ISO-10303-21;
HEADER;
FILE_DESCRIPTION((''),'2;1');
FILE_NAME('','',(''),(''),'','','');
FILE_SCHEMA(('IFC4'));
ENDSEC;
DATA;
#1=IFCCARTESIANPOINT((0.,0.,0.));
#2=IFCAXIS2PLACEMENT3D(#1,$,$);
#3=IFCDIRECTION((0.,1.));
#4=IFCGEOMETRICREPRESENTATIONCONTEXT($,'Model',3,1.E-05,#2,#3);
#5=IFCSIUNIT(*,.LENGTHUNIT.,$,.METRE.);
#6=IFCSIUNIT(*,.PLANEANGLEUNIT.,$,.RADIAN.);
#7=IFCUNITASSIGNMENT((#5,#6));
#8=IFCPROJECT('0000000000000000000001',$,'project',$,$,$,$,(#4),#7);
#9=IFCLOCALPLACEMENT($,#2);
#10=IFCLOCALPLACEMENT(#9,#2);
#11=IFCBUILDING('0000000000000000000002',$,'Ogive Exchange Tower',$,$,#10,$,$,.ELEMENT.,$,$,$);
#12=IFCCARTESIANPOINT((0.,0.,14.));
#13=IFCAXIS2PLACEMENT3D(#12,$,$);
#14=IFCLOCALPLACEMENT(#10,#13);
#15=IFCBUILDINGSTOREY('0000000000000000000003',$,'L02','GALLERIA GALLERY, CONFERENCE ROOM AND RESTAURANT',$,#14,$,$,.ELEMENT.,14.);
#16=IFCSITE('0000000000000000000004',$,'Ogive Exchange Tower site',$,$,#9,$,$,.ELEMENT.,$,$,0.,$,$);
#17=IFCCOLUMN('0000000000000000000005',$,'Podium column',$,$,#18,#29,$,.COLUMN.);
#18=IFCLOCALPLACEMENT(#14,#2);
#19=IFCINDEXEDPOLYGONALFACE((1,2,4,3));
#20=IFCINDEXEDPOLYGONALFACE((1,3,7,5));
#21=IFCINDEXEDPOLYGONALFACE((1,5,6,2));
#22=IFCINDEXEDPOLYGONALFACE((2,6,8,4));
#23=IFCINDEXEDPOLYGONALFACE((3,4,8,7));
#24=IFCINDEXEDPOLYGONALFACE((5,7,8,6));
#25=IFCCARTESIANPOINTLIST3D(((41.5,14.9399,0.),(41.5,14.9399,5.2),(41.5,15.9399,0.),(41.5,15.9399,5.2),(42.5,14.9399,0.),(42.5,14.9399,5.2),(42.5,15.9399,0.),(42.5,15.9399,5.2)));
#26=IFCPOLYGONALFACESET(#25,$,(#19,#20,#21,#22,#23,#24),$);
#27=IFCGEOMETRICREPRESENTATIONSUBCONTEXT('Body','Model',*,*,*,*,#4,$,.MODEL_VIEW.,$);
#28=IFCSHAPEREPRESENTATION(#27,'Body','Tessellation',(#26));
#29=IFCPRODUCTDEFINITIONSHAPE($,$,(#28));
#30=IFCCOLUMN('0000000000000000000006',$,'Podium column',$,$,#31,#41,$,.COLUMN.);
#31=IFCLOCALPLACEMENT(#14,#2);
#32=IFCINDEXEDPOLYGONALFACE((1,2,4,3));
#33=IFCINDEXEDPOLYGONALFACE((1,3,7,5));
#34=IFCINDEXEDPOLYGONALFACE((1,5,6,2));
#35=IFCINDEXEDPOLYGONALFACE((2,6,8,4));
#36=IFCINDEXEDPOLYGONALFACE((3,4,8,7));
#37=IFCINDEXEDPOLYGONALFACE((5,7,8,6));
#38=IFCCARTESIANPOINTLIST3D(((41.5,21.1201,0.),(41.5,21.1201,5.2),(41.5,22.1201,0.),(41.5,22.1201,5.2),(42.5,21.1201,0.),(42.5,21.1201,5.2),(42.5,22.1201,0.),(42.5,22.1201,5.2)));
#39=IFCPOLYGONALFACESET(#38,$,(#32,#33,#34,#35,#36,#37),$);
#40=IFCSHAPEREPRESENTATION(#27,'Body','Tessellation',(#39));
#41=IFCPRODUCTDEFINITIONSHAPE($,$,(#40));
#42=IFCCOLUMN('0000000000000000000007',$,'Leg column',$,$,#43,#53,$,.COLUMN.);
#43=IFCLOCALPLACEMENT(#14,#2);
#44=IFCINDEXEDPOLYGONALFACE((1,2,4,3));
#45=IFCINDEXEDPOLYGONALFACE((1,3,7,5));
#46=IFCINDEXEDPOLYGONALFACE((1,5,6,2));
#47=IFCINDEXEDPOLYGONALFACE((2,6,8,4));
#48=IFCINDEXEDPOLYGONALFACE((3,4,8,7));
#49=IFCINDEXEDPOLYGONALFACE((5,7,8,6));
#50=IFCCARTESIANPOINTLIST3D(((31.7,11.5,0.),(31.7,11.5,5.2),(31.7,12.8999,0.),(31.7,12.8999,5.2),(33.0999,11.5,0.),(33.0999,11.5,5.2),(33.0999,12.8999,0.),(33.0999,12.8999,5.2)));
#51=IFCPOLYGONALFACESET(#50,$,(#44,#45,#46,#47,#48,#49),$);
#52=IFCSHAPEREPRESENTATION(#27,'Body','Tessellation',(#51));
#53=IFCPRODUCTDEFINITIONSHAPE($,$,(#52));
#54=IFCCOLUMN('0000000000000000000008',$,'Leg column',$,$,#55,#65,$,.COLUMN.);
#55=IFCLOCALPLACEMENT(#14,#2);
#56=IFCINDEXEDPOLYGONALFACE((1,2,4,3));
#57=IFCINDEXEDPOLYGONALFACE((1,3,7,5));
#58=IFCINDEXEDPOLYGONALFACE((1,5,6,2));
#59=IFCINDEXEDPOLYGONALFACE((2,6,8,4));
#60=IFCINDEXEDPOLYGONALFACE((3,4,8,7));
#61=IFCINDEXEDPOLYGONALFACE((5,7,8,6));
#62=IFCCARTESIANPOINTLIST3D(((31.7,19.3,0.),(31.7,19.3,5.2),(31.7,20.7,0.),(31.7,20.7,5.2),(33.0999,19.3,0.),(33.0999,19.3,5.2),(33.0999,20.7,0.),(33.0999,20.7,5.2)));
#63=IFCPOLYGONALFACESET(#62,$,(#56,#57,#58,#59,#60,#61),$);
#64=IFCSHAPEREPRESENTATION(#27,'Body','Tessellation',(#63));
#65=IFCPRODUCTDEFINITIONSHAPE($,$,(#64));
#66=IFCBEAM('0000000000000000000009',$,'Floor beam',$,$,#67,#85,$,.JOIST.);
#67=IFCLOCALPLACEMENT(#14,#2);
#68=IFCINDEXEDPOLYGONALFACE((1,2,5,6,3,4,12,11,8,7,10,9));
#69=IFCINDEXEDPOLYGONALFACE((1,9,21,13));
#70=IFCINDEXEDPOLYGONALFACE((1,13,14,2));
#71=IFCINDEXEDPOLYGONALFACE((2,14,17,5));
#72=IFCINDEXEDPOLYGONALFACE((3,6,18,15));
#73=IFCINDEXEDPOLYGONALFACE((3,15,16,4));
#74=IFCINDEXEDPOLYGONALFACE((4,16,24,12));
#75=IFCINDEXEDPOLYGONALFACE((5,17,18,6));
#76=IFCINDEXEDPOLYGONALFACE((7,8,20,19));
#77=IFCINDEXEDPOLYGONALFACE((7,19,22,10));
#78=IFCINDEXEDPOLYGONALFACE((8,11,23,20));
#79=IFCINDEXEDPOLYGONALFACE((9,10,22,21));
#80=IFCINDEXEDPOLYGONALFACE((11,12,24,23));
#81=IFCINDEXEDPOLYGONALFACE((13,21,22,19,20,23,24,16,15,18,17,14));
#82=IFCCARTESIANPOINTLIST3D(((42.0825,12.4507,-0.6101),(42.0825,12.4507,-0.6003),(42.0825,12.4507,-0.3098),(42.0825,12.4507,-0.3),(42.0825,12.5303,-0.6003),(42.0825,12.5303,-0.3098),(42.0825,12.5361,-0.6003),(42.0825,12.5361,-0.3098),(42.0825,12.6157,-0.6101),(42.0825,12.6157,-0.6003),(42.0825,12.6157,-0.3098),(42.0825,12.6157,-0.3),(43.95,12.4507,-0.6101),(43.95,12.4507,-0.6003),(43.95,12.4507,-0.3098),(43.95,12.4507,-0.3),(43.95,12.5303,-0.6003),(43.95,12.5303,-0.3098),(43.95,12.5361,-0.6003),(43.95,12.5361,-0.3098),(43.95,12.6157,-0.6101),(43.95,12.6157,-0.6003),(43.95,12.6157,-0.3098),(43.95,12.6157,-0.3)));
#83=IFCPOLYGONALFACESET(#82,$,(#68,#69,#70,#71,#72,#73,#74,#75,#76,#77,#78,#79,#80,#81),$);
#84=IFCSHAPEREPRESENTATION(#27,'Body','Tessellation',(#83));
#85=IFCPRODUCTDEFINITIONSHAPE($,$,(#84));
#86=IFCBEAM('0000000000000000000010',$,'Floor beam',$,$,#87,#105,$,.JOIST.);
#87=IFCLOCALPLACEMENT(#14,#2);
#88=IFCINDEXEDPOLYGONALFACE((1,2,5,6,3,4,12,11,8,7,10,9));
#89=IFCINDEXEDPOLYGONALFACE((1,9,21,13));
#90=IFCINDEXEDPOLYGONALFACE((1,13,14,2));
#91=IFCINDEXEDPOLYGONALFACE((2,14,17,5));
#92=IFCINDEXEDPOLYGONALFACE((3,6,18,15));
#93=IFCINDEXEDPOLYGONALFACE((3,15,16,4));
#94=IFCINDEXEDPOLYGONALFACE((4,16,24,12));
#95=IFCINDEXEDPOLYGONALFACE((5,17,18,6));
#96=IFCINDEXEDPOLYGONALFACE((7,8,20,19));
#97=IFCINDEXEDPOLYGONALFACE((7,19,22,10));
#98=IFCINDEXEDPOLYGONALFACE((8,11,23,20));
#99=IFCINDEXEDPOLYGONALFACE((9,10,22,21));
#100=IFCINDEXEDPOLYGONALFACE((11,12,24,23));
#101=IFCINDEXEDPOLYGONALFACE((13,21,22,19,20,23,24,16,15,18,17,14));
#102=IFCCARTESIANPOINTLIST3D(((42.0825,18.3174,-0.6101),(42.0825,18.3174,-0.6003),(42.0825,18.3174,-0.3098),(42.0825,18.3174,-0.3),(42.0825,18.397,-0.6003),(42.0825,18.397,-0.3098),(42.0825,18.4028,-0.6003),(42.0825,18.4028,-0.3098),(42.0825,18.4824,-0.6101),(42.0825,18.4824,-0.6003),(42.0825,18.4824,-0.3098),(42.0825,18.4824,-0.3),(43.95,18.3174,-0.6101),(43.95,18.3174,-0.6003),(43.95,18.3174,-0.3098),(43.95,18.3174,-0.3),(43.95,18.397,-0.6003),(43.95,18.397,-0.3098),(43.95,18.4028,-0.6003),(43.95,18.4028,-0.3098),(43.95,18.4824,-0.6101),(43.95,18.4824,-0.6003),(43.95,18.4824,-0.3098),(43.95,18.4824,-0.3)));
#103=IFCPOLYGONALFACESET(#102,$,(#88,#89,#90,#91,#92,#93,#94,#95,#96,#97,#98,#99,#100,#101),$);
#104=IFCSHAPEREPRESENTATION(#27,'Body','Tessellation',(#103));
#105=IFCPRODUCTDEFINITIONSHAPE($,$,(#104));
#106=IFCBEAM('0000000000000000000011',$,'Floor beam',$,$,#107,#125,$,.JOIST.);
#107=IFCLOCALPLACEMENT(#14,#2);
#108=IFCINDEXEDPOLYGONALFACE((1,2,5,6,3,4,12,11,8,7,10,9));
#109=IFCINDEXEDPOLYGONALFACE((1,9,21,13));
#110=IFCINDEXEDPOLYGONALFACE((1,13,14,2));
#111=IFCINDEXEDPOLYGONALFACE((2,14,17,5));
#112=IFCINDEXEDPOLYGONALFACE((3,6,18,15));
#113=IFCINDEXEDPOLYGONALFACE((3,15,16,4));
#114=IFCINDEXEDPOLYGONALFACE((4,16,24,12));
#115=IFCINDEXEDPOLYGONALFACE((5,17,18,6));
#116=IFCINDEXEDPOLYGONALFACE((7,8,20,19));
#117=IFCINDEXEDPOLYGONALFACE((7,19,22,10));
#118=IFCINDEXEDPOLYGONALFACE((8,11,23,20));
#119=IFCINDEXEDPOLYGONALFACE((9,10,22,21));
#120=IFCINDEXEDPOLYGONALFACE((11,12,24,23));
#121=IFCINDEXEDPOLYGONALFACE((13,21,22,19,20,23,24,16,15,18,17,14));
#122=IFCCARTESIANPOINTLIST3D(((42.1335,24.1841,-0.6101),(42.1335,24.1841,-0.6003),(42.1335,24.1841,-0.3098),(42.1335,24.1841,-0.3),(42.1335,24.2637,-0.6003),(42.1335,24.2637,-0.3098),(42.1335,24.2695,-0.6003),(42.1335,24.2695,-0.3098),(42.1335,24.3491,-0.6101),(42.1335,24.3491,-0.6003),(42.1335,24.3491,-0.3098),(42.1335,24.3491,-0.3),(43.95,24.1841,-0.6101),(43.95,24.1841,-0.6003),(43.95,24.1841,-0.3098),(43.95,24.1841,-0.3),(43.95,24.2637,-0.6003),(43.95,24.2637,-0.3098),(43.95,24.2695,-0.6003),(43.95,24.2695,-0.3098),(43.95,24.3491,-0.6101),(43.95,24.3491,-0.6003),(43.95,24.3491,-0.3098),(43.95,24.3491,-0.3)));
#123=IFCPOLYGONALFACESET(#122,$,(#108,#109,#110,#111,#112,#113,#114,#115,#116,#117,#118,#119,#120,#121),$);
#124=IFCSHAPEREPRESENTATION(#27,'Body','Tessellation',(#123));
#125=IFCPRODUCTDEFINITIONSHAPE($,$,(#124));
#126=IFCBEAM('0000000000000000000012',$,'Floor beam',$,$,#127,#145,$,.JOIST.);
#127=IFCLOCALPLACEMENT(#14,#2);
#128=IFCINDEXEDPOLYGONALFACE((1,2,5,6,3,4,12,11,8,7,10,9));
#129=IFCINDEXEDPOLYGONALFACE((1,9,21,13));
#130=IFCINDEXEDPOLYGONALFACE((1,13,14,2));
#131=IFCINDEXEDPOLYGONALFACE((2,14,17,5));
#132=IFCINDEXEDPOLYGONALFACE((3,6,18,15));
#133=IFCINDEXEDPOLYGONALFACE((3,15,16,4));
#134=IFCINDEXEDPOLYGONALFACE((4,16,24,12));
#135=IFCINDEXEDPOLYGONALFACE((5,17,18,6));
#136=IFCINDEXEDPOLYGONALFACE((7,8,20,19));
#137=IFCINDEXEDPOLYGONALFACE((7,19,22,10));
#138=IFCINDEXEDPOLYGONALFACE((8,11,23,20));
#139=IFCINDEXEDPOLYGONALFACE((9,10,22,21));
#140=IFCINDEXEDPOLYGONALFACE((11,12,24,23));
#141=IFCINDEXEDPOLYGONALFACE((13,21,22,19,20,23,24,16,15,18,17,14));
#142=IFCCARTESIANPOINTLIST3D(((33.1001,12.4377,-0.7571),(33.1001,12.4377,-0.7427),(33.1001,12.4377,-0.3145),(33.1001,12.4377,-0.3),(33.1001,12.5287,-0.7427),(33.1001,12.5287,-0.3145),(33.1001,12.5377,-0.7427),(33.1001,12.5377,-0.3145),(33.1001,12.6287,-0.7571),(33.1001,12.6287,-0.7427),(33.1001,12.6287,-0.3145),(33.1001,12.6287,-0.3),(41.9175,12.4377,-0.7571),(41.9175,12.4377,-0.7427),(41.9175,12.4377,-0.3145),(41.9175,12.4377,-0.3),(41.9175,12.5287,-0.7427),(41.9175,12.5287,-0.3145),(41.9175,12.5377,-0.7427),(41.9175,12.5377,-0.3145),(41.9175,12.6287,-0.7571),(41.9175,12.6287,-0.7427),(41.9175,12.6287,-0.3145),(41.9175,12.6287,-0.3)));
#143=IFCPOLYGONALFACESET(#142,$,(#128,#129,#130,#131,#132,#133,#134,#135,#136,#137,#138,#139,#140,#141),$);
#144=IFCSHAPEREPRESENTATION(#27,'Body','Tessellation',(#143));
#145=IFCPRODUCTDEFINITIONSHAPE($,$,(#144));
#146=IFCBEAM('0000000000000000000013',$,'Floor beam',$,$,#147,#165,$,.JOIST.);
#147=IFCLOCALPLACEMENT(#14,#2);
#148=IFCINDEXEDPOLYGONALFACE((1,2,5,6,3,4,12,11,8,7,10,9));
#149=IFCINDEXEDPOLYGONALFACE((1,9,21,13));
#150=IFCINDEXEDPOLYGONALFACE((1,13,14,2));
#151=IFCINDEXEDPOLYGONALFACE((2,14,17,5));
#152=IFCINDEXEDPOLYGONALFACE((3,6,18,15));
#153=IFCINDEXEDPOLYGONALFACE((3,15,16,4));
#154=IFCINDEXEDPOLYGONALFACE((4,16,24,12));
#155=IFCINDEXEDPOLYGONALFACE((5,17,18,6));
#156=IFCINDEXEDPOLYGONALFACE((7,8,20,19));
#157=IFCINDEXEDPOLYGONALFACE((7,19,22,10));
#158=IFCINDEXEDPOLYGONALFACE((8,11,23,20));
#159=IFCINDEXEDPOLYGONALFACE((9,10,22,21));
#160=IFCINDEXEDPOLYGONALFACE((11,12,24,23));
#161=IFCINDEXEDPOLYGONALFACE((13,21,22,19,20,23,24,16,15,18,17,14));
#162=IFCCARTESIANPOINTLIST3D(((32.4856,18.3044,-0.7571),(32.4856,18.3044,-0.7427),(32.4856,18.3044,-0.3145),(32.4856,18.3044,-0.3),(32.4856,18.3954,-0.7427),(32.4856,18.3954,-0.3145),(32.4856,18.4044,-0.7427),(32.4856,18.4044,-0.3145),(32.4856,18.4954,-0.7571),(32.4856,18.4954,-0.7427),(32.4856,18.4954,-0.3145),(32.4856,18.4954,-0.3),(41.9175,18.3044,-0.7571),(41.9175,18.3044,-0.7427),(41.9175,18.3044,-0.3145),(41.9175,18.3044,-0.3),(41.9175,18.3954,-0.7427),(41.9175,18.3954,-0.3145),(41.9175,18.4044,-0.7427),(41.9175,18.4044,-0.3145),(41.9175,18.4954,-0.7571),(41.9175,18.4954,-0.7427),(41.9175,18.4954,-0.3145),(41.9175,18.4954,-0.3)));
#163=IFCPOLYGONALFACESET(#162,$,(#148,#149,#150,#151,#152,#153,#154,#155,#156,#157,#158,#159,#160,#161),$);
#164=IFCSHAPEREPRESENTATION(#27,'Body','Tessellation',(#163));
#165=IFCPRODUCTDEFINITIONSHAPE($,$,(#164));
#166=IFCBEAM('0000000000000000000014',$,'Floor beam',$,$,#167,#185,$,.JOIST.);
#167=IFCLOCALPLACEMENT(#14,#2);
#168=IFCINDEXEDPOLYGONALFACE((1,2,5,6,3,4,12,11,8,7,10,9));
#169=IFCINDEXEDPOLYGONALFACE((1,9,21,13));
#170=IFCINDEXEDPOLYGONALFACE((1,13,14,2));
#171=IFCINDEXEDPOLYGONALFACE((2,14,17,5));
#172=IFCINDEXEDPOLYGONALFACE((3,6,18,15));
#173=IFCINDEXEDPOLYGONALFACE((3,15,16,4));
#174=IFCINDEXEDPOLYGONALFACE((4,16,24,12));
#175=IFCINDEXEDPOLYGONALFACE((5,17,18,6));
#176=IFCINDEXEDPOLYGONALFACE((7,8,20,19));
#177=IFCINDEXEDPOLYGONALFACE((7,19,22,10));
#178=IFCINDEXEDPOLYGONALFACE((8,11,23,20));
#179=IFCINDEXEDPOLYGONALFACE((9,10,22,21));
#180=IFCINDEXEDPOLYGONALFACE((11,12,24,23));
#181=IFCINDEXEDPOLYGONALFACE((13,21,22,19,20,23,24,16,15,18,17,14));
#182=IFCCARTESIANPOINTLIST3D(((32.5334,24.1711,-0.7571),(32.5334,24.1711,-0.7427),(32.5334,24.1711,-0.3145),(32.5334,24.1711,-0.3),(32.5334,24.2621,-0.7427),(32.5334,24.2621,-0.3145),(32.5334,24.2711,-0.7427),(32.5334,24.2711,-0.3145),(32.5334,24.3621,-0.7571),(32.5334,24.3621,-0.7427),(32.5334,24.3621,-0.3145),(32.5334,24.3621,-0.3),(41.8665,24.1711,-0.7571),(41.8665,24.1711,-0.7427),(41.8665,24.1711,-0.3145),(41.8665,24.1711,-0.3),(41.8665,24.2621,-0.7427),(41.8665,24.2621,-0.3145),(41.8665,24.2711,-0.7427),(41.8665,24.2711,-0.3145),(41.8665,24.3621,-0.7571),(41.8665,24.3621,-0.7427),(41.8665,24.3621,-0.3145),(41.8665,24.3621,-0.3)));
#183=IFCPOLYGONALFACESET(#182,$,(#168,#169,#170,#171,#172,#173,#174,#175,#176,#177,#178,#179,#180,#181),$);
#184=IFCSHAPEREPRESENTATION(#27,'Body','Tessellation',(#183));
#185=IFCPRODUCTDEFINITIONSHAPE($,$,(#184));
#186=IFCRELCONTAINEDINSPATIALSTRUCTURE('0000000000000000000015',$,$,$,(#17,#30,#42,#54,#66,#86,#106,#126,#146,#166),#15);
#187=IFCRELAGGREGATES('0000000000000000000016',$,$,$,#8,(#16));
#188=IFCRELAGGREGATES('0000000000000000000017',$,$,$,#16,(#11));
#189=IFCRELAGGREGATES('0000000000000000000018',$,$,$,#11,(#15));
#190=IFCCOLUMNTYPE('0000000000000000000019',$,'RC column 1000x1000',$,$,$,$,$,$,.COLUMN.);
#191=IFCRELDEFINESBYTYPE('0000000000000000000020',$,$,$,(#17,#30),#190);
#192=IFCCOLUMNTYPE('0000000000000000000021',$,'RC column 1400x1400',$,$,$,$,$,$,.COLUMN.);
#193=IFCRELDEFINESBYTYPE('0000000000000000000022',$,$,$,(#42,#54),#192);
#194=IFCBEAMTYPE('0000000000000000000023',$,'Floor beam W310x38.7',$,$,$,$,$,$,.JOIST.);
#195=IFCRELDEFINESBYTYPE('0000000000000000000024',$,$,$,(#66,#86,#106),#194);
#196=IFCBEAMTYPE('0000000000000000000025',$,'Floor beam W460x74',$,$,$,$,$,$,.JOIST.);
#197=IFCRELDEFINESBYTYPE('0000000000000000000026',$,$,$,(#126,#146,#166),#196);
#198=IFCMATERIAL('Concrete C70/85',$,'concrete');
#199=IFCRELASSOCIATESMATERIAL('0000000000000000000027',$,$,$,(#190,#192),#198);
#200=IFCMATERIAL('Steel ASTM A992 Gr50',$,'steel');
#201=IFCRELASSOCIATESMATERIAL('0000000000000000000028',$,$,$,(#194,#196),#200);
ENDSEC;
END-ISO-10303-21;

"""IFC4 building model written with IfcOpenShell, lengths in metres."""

from ifc_helpers import new_model, si_unit, direction, frame, origin, origin_2d, place, context, subcontext, project, spatial, rectangle, i_section, extrude, material, material_profile, profile_set, type_object, element, save


model = new_model("IFC4")

# Units and contexts
model_context = context("Model", 3, precision=1e-05, world=origin(), true_north=direction((0.0, 1.0)))
body_context = subcontext(model_context, "Body", "Model", "MODEL_VIEW")
ifc_project = project(units=[si_unit("LENGTHUNIT", "METRE"), si_unit("PLANEANGLEUNIT", "RADIAN")], contexts=[model_context])

# Site, building, storey
site_placement = place(None, origin())
site = spatial("IfcSite", under=ifc_project, at=site_placement, Name="Ogive Exchange Tower site", CompositionType="ELEMENT", RefElevation=0.0)
building_placement = place(site_placement, origin())
building = spatial("IfcBuilding", under=site, at=building_placement, Name="Ogive Exchange Tower", CompositionType="ELEMENT")
storey_placement = place(building_placement, frame((0.0, 0.0, 14.0)))
storey = spatial("IfcBuildingStorey", under=building, at=storey_placement, Name="L02", Description="GALLERIA GALLERY, CONFERENCE ROOM AND RESTAURANT", CompositionType="ELEMENT", Elevation=14.0)

# Columns
ifc_material_1 = material(Name="Concrete C70/85", Category="concrete")
ifc_material_profile_1 = material_profile(ifc_material_1, rectangle(XDim=1.0, YDim=1.0, at=origin_2d()), Name="RC 1000x1000")
ifc_profile_set_1 = profile_set([ifc_material_profile_1], Name="Concrete C70/85")
column_type_1 = type_object("IfcColumnType", Name="RC column 1000x1000", PredefinedType="COLUMN", material=ifc_profile_set_1)
for number, where, z_axis, x_axis, name in (
    (1, (42.0, 15.4399, 0.0), (0.0, 0.0, 1.0), (1.0, 0.0, 0.0), "Podium column"),
    (2, (42.0, 21.6201, 0.0), (0.0, 0.0, 1.0), (1.0, 0.0, 0.0), "Podium column"),
):
    element("IfcColumn", number, at=place(storey_placement, frame(where, z_axis=z_axis, x_axis=x_axis)), inside=storey, type_object=column_type_1, Name=name, PredefinedType="COLUMN", context=body_context, shape_type="SweptSolid", body=[
        extrude(rectangle(XDim=1.0, YDim=1.0, at=origin_2d()), origin(), (0.0, 0.0, 1.0), 5.2),
    ])
ifc_material_profile_2 = material_profile(ifc_material_1, rectangle(XDim=1.3999, YDim=1.3999, at=origin_2d()), Name="RC 1400x1400")
ifc_profile_set_2 = profile_set([ifc_material_profile_2], Name="Concrete C70/85")
column_type_2 = type_object("IfcColumnType", Name="RC column 1400x1400", PredefinedType="COLUMN", material=ifc_profile_set_2)
for number, where, z_axis, x_axis, name in (
    (3, (32.3999, 12.2, 0.0), (0.0, 0.0, 1.0), (1.0, 0.0, 0.0), "Leg column"),
    (4, (32.3999, 20.0, 0.0), (0.0, 0.0, 1.0), (1.0, 0.0, 0.0), "Leg column"),
):
    element("IfcColumn", number, at=place(storey_placement, frame(where, z_axis=z_axis, x_axis=x_axis)), inside=storey, type_object=column_type_2, Name=name, PredefinedType="COLUMN", context=body_context, shape_type="SweptSolid", body=[
        extrude(rectangle(XDim=1.3999, YDim=1.3999, at=origin_2d()), origin(), (0.0, 0.0, 1.0), 5.2),
    ])

# Beams
ifc_material_2 = material(Name="Steel ASTM A992 Gr50", Category="steel")
ifc_material_profile_3 = material_profile(ifc_material_2, i_section(OverallWidth=0.165, OverallDepth=0.3101, WebThickness=0.0059, FlangeThickness=0.0098, at=origin_2d()), Name="W310x38.7")
ifc_profile_set_3 = profile_set([ifc_material_profile_3], Name="Steel ASTM A992 Gr50")
beam_type_1 = type_object("IfcBeamType", Name="Floor beam W310x38.7", PredefinedType="JOIST", material=ifc_profile_set_3)
for number, where, z_axis, x_axis, name in (
    (5, (42.0825, 12.5332, -0.4551), (1.0, 0.0, 0.0), (0.0, 1.0, 0.0), "Floor beam"),
    (6, (42.0825, 18.3999, -0.4551), (1.0, 0.0, 0.0), (0.0, 1.0, 0.0), "Floor beam"),
):
    element("IfcBeam", number, at=place(storey_placement, frame(where, z_axis=z_axis, x_axis=x_axis)), inside=storey, type_object=beam_type_1, Name=name, PredefinedType="JOIST", context=body_context, shape_type="SweptSolid", body=[
        extrude(i_section(OverallWidth=0.165, OverallDepth=0.3101, WebThickness=0.0059, FlangeThickness=0.0098, at=origin_2d()), origin(), (0.0, 0.0, 1.0), 1.8674),
    ])
beam_1_placement = place(storey_placement, frame((42.1335, 24.2666, -0.4551), z_axis=(1.0, 0.0, 0.0), x_axis=(0.0, 1.0, 0.0)))
element("IfcBeam", 7, at=beam_1_placement, inside=storey, type_object=beam_type_1, Name="Floor beam", PredefinedType="JOIST", context=body_context, shape_type="SweptSolid", body=[
    extrude(i_section(OverallWidth=0.165, OverallDepth=0.3101, WebThickness=0.0059, FlangeThickness=0.0098, at=origin_2d()), origin(), (0.0, 0.0, 1.0), 1.8164),
])
ifc_material_profile_4 = material_profile(ifc_material_2, i_section(OverallWidth=0.1909, OverallDepth=0.457, WebThickness=0.009, FlangeThickness=0.0144, at=origin_2d()), Name="W460x74")
ifc_profile_set_4 = profile_set([ifc_material_profile_4], Name="Steel ASTM A992 Gr50")
beam_type_2 = type_object("IfcBeamType", Name="Floor beam W460x74", PredefinedType="JOIST", material=ifc_profile_set_4)
beam_2_placement = place(storey_placement, frame((33.1001, 12.5332, -0.5286), z_axis=(1.0, 0.0, 0.0), x_axis=(0.0, 1.0, 0.0)))
element("IfcBeam", 8, at=beam_2_placement, inside=storey, type_object=beam_type_2, Name="Floor beam", PredefinedType="JOIST", context=body_context, shape_type="SweptSolid", body=[
    extrude(i_section(OverallWidth=0.1909, OverallDepth=0.457, WebThickness=0.009, FlangeThickness=0.0144, at=origin_2d()), origin(), (0.0, 0.0, 1.0), 8.8174),
])
beam_3_placement = place(storey_placement, frame((32.4856, 18.3999, -0.5286), z_axis=(1.0, 0.0, 0.0), x_axis=(0.0, 1.0, 0.0)))
element("IfcBeam", 9, at=beam_3_placement, inside=storey, type_object=beam_type_2, Name="Floor beam", PredefinedType="JOIST", context=body_context, shape_type="SweptSolid", body=[
    extrude(i_section(OverallWidth=0.1909, OverallDepth=0.457, WebThickness=0.009, FlangeThickness=0.0144, at=origin_2d()), origin(), (0.0, 0.0, 1.0), 9.4319),
])
beam_4_placement = place(storey_placement, frame((32.5334, 24.2666, -0.5286), z_axis=(1.0, 0.0, 0.0), x_axis=(0.0, 1.0, 0.0)))
element("IfcBeam", 10, at=beam_4_placement, inside=storey, type_object=beam_type_2, Name="Floor beam", PredefinedType="JOIST", context=body_context, shape_type="SweptSolid", body=[
    extrude(i_section(OverallWidth=0.1909, OverallDepth=0.457, WebThickness=0.009, FlangeThickness=0.0144, at=origin_2d()), origin(), (0.0, 0.0, 1.0), 9.333),
])

save(model, "model.ifc")
